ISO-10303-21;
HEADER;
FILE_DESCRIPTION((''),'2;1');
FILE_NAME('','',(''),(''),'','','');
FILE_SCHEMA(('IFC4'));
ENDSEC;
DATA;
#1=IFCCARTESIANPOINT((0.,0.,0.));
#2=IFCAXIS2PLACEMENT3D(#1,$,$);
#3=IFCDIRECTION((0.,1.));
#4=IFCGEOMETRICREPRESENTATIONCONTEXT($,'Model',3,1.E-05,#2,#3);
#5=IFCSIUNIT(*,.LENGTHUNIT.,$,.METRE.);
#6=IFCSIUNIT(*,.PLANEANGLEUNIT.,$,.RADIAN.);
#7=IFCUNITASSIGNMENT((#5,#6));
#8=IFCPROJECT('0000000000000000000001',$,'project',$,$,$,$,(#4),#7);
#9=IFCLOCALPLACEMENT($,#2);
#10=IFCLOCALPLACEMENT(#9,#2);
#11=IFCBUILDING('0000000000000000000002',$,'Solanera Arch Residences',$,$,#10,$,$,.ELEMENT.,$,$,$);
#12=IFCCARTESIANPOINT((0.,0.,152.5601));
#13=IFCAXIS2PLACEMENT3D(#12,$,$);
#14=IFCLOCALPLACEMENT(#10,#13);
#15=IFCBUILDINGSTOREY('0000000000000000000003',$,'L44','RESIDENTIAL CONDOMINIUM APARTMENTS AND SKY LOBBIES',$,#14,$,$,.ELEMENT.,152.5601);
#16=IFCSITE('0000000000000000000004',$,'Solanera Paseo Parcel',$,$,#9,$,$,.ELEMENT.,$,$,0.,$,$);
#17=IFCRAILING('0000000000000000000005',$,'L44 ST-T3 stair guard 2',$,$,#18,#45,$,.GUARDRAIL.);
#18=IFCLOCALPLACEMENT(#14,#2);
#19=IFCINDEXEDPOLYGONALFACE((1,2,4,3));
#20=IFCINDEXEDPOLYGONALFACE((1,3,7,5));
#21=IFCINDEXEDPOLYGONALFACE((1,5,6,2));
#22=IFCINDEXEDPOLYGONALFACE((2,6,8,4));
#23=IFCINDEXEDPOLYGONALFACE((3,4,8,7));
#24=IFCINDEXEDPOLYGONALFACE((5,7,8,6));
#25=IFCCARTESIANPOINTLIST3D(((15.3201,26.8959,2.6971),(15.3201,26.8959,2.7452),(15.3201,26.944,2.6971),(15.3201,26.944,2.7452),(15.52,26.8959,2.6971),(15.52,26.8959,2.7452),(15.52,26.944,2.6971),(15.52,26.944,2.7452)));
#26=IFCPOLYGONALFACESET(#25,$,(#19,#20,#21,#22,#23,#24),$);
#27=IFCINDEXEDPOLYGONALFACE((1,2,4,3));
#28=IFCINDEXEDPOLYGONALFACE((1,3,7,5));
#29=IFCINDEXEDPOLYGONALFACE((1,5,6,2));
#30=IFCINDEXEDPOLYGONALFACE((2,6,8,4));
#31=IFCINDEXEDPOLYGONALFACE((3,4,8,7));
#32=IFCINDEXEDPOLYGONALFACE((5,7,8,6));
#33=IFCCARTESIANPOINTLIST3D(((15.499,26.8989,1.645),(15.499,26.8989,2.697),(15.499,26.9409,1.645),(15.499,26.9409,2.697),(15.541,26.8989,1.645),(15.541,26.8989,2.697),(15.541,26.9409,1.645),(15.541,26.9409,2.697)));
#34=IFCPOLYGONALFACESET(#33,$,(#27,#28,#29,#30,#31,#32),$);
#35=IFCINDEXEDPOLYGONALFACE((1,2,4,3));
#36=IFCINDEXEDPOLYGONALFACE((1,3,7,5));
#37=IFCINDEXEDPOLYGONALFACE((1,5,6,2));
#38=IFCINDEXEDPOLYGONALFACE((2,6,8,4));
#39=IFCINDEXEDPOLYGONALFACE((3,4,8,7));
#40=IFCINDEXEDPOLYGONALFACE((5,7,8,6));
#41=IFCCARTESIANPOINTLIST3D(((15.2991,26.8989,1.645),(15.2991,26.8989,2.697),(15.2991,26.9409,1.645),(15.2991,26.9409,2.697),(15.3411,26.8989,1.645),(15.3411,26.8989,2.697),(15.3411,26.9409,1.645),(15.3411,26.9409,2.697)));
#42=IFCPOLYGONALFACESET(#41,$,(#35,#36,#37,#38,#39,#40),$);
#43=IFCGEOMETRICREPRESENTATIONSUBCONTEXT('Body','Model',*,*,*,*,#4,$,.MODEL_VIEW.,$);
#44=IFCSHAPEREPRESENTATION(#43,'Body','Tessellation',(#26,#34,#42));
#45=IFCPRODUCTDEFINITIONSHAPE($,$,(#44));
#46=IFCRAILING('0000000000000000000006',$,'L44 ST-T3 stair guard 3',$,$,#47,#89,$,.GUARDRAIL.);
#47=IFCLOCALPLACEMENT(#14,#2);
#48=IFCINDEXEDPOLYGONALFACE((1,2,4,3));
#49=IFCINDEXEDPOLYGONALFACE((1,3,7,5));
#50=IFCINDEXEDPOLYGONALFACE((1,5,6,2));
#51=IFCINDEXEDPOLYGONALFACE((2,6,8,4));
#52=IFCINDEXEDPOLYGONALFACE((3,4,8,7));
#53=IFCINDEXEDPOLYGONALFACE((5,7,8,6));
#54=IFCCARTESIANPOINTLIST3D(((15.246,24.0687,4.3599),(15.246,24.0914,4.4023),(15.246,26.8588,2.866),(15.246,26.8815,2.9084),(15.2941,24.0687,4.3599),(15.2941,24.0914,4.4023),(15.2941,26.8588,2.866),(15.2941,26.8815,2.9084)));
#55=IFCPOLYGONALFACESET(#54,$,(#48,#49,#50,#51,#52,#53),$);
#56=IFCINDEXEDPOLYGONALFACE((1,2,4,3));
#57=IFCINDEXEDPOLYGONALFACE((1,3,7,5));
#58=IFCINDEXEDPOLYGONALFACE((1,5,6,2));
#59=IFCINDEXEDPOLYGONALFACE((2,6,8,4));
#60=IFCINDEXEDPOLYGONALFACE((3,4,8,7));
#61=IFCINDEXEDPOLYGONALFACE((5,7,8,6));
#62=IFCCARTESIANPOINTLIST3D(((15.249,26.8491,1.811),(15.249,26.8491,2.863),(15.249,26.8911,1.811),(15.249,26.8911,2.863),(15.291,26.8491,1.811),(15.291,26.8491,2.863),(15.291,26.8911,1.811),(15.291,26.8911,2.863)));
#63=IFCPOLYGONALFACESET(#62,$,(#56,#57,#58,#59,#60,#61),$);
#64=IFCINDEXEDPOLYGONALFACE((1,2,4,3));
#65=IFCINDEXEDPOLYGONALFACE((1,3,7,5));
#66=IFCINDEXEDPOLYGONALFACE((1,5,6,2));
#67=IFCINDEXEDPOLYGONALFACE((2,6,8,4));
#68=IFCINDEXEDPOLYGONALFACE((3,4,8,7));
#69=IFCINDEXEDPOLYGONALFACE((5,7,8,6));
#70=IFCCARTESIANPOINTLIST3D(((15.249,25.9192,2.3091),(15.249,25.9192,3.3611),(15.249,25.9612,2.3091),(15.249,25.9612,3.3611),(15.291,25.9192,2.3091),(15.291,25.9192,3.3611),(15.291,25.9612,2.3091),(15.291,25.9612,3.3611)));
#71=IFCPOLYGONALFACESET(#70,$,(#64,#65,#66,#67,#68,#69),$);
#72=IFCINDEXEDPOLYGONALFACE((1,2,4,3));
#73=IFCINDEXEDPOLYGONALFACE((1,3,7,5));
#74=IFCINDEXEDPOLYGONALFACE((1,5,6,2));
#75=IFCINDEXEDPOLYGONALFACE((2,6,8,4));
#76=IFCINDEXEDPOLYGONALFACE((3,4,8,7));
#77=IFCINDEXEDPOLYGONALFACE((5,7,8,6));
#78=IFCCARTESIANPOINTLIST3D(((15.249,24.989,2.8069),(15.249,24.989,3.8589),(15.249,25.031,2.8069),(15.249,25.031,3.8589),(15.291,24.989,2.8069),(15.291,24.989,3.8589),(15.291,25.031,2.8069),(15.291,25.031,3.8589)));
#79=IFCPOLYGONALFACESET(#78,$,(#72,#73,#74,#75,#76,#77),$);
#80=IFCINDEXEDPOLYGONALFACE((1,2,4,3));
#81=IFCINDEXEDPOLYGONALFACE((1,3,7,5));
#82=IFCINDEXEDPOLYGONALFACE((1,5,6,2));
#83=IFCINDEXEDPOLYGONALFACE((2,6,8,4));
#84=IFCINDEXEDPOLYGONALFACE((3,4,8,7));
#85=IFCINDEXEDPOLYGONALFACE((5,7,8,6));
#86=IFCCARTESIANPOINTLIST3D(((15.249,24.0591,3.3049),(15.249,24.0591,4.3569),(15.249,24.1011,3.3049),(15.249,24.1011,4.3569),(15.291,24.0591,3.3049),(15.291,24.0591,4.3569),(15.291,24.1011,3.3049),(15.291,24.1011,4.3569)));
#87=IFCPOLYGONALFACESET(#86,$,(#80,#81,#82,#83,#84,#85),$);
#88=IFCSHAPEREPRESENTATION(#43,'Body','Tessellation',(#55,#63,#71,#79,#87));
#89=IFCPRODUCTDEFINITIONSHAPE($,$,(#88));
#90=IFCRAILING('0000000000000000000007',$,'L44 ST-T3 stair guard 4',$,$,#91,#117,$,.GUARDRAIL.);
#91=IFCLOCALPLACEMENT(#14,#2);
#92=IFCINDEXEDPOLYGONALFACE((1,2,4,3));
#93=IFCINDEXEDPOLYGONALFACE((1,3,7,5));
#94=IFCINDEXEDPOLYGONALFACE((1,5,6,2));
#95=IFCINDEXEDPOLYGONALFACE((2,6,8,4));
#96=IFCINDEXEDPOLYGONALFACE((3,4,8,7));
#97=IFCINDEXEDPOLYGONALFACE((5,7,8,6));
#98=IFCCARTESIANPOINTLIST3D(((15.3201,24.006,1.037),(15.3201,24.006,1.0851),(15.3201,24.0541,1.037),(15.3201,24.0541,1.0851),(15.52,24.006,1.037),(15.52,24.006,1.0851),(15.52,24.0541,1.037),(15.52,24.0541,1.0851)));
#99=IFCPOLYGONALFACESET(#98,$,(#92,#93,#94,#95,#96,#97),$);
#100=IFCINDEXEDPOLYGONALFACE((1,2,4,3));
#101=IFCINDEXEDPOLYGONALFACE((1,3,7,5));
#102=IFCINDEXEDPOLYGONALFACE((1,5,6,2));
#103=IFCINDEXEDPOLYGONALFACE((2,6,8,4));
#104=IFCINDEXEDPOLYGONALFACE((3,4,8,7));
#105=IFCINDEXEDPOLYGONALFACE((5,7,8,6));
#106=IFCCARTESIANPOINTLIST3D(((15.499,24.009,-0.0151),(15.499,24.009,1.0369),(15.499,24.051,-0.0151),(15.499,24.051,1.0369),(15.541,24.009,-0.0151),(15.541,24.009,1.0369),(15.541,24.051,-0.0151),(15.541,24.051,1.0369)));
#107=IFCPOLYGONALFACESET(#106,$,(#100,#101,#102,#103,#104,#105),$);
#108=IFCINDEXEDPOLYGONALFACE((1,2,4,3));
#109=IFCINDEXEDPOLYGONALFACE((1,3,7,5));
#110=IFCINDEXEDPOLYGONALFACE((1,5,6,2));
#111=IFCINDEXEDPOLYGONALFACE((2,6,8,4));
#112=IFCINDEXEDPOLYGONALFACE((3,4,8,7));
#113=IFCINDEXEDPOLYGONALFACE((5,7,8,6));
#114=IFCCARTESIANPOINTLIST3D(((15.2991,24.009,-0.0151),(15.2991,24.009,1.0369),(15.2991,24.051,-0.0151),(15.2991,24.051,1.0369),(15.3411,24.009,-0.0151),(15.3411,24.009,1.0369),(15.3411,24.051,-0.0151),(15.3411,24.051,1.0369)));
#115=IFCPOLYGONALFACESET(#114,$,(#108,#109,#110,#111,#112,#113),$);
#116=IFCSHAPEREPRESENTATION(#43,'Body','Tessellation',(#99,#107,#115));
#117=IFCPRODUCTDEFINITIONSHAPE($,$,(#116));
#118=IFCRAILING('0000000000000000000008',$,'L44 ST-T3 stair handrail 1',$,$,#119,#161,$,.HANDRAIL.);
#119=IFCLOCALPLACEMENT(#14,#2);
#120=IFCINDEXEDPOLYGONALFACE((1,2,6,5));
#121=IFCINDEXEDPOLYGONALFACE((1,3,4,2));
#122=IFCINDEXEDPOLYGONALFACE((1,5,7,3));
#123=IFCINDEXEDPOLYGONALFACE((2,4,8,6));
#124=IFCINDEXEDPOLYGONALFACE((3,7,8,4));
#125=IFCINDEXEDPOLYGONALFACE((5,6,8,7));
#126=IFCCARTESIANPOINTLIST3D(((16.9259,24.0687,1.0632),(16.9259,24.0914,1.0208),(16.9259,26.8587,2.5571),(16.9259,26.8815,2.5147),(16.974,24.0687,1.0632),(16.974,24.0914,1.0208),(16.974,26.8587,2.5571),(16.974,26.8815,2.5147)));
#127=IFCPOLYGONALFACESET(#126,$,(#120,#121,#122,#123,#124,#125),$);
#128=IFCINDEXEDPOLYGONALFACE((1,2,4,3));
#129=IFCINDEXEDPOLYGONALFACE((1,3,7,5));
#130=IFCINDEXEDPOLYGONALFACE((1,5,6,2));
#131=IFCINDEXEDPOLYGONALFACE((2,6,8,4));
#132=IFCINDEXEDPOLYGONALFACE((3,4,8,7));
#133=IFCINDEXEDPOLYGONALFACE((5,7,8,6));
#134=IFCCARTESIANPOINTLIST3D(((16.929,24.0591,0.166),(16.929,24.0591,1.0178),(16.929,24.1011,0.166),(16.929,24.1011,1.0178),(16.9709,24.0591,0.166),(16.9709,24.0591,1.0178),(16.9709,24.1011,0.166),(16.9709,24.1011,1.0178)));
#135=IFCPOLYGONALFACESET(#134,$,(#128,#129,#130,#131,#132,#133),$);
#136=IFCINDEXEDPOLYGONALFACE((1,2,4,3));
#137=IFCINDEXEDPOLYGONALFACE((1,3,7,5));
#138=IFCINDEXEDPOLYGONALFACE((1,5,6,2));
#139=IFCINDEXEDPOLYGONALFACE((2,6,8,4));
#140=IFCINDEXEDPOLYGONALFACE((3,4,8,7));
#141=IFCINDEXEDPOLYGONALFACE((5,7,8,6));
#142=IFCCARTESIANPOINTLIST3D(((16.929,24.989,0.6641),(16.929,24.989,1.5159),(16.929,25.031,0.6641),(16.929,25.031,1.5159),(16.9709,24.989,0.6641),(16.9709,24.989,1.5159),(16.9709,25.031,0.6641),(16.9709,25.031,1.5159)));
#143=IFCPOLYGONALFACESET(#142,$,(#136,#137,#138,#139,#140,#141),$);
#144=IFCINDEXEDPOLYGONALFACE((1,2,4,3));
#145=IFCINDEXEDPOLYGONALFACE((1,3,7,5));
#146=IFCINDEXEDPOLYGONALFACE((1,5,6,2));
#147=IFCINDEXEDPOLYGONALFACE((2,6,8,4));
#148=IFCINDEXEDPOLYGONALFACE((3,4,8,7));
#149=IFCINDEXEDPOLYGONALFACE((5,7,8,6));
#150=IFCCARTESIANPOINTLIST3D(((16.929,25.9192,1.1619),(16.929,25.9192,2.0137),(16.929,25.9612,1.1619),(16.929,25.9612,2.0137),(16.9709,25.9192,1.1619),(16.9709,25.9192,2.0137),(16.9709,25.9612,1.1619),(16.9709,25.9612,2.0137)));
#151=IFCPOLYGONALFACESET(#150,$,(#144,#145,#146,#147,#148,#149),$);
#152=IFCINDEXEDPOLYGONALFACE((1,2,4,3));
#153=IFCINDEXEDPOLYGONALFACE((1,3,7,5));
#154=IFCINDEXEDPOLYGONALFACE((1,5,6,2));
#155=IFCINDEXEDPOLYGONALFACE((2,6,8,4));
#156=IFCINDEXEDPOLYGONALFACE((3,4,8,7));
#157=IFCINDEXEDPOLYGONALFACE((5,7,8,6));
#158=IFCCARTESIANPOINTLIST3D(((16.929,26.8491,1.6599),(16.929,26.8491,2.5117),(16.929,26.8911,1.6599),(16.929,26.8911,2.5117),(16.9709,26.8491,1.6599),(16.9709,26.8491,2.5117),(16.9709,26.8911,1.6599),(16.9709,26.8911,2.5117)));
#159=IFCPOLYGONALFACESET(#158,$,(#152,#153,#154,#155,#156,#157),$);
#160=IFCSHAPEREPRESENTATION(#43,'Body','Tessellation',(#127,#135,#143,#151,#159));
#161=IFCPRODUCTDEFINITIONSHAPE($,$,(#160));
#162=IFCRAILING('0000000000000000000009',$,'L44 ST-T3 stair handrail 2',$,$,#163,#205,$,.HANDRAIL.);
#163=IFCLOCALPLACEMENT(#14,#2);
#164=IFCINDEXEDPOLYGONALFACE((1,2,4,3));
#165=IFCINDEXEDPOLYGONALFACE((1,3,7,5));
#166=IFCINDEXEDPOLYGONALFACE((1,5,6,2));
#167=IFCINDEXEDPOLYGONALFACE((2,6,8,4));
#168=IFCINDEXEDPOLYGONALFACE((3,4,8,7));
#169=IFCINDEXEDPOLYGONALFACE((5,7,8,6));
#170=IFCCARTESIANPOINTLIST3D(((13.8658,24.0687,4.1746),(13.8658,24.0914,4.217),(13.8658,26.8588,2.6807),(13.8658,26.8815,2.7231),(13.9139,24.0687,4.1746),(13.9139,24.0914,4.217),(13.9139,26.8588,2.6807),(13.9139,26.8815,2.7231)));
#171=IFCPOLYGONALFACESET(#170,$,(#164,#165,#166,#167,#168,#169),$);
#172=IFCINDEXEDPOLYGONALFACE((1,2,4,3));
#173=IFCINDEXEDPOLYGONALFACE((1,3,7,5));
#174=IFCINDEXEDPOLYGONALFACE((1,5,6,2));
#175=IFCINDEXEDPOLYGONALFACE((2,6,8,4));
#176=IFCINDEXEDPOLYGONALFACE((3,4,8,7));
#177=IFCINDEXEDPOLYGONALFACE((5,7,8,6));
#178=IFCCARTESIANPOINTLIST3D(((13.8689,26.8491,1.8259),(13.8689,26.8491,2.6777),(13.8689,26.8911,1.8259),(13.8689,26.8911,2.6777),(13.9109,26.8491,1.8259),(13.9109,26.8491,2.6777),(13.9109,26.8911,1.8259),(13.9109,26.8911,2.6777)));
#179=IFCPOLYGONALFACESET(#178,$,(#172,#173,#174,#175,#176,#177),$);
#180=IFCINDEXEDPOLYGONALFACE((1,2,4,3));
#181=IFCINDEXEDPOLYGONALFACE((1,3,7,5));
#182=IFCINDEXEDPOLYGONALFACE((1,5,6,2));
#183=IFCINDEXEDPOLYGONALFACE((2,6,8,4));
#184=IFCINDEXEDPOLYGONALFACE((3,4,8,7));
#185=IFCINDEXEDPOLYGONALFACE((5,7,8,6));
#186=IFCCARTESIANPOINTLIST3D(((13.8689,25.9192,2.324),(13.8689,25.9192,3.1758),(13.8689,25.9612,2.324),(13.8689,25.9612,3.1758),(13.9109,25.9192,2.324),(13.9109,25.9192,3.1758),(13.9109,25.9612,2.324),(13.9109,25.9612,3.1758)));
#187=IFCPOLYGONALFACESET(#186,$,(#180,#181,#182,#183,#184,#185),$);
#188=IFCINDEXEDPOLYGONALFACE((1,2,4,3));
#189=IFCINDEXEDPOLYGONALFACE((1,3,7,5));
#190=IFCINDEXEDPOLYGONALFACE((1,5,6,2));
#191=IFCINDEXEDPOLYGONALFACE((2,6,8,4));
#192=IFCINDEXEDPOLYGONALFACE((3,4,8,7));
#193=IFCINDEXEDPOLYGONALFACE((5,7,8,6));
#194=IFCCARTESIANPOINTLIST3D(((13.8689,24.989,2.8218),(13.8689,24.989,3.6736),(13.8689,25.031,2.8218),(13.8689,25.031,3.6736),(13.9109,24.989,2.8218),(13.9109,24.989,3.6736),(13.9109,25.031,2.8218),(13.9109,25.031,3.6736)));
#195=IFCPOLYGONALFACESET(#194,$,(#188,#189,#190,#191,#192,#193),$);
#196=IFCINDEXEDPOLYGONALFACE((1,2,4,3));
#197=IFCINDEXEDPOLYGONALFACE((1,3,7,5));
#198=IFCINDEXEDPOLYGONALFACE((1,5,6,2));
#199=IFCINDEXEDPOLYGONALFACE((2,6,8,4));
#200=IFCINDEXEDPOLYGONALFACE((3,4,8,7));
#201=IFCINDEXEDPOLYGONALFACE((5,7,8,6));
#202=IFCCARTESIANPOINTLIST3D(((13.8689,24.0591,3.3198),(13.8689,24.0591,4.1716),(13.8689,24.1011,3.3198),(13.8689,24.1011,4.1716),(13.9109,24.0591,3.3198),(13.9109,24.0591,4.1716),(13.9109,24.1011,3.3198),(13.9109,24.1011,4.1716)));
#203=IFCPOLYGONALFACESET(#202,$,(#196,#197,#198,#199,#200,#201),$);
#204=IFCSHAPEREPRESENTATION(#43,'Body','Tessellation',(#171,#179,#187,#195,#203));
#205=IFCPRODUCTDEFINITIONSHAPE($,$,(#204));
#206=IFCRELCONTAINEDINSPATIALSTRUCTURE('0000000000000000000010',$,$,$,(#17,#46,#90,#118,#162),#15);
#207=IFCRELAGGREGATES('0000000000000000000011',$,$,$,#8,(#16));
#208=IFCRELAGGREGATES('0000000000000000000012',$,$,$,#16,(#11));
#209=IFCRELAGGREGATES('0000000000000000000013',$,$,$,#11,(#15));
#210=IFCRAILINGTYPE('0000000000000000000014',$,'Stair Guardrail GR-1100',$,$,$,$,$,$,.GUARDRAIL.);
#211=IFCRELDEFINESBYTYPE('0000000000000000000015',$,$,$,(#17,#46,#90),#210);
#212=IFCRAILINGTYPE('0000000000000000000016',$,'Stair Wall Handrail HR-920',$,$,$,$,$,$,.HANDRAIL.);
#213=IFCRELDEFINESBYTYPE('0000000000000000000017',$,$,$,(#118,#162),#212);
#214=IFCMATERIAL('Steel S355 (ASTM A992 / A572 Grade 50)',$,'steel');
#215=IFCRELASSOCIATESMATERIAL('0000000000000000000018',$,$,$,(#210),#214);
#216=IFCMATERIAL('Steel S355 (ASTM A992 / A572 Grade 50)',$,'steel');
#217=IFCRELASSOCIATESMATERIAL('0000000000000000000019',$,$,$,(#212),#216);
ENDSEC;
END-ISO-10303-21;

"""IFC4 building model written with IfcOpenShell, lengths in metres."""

from ifc_helpers import new_model, si_unit, direction, frame, origin, origin_2d, place, context, subcontext, project, spatial, rectangle, extrude, material, type_object, element, save


model = new_model("IFC4")

# Units and contexts
model_context = context("Model", 3, precision=1e-05, world=origin(), true_north=direction((0.0, 1.0)))
body_context = subcontext(model_context, "Body", "Model", "MODEL_VIEW")
ifc_project = project(units=[si_unit("LENGTHUNIT", "METRE"), si_unit("PLANEANGLEUNIT", "RADIAN")], contexts=[model_context])

# Site, building, storey
site_placement = place(None, origin())
site = spatial("IfcSite", under=ifc_project, at=site_placement, Name="Solanera Paseo Parcel", CompositionType="ELEMENT", RefElevation=0.0)
building_placement = place(site_placement, origin())
building = spatial("IfcBuilding", under=site, at=building_placement, Name="Solanera Arch Residences", CompositionType="ELEMENT")
storey_placement = place(building_placement, frame((0.0, 0.0, 152.5601)))
storey = spatial("IfcBuildingStorey", under=building, at=storey_placement, Name="L44", Description="RESIDENTIAL CONDOMINIUM APARTMENTS AND SKY LOBBIES", CompositionType="ELEMENT", Elevation=152.5601)

# Railings
ifc_material_1 = material(Name="Steel S355 (ASTM A992 / A572 Grade 50)", Category="steel")
railing_type_1 = type_object("IfcRailingType", Name="Stair Guardrail GR-1100", PredefinedType="GUARDRAIL", material=ifc_material_1)
railing_1_placement = place(storey_placement, frame((15.52, 26.9199, 1.645)))
element("IfcRailing", 1, at=railing_1_placement, inside=storey, type_object=railing_type_1, Name="L44 ST-T3 stair guard 2", PredefinedType="GUARDRAIL", context=body_context, shape_type="SweptSolid", body=[
    extrude(rectangle(XDim=0.0481, YDim=0.0481, at=origin_2d()), frame((0.0, 0.0, 1.0762), z_axis=(-1.0, 0.0, 0.0), x_axis=(0.0, -1.0, 0.0)), (0.0, 0.0, 1.0), 0.2),
    extrude(rectangle(XDim=0.042, YDim=0.042, at=origin_2d()), origin(), (0.0, 0.0, 1.0), 1.052),
    extrude(rectangle(XDim=0.042, YDim=0.042, at=origin_2d()), frame((-0.2, 0.0, 0.0)), (0.0, 0.0, 1.0), 1.052),
])
railing_2_placement = place(storey_placement, frame((15.27, 26.8701, 1.811)))
element("IfcRailing", 2, at=railing_2_placement, inside=storey, type_object=railing_type_1, Name="L44 ST-T3 stair guard 3", PredefinedType="GUARDRAIL", context=body_context, shape_type="SweptSolid", body=[
    extrude(rectangle(XDim=0.0481, YDim=0.0481, at=origin_2d()), frame((0.0, 0.0, 1.0762), z_axis=(0.0, -0.881581, 0.472033), x_axis=(1.0, 0.0, 0.0)), (0.0, 0.0, 1.0), 3.1648),
    extrude(rectangle(XDim=0.042, YDim=0.042, at=origin_2d()), origin(), (0.0, 0.0, 1.0), 1.052),
    extrude(rectangle(XDim=0.042, YDim=0.042, at=origin_2d()), frame((0.0, -0.9299, 0.498)), (0.0, 0.0, 1.0), 1.052),
    extrude(rectangle(XDim=0.042, YDim=0.042, at=origin_2d()), frame((0.0, -1.8601, 0.9958)), (0.0, 0.0, 1.0), 1.052),
    extrude(rectangle(XDim=0.042, YDim=0.042, at=origin_2d()), frame((0.0, -2.79, 1.4939)), (0.0, 0.0, 1.0), 1.052),
])
railing_3_placement = place(storey_placement, frame((15.52, 24.03, -0.0151)))
element("IfcRailing", 3, at=railing_3_placement, inside=storey, type_object=railing_type_1, Name="L44 ST-T3 stair guard 4", PredefinedType="GUARDRAIL", context=body_context, shape_type="SweptSolid", body=[
    extrude(rectangle(XDim=0.0481, YDim=0.0481, at=origin_2d()), frame((0.0, 0.0, 1.0762), z_axis=(-1.0, 0.0, 0.0), x_axis=(0.0, -1.0, 0.0)), (0.0, 0.0, 1.0), 0.2),
    extrude(rectangle(XDim=0.042, YDim=0.042, at=origin_2d()), origin(), (0.0, 0.0, 1.0), 1.052),
    extrude(rectangle(XDim=0.042, YDim=0.042, at=origin_2d()), frame((-0.2, 0.0, 0.0)), (0.0, 0.0, 1.0), 1.052),
])
ifc_material_2 = material(Name="Steel S355 (ASTM A992 / A572 Grade 50)", Category="steel")
railing_type_2 = type_object("IfcRailingType", Name="Stair Wall Handrail HR-920", PredefinedType="HANDRAIL", material=ifc_material_2)
railing_4_placement = place(storey_placement, frame((16.95, 24.0801, 0.166)))
element("IfcRailing", 4, at=railing_4_placement, inside=storey, type_object=railing_type_2, Name="L44 ST-T3 stair handrail 1", PredefinedType="HANDRAIL", context=body_context, shape_type="SweptSolid", body=[
    extrude(rectangle(XDim=0.0481, YDim=0.0481, at=origin_2d()), frame((0.0, 0.0, 0.876), z_axis=(0.0, 0.881581, 0.472033), x_axis=(-1.0, 0.0, 0.0)), (0.0, 0.0, 1.0), 3.1648),
    extrude(rectangle(XDim=0.042, YDim=0.042, at=origin_2d()), origin(), (0.0, 0.0, 1.0), 0.8518),
    extrude(rectangle(XDim=0.042, YDim=0.042, at=origin_2d()), frame((0.0, 0.9299, 0.498)), (0.0, 0.0, 1.0), 0.8518),
    extrude(rectangle(XDim=0.042, YDim=0.042, at=origin_2d()), frame((0.0, 1.8601, 0.9958)), (0.0, 0.0, 1.0), 0.8518),
    extrude(rectangle(XDim=0.042, YDim=0.042, at=origin_2d()), frame((0.0, 2.79, 1.4939)), (0.0, 0.0, 1.0), 0.8518),
])
railing_5_placement = place(storey_placement, frame((13.8899, 26.8701, 1.8259)))
element("IfcRailing", 5, at=railing_5_placement, inside=storey, type_object=railing_type_2, Name="L44 ST-T3 stair handrail 2", PredefinedType="HANDRAIL", context=body_context, shape_type="SweptSolid", body=[
    extrude(rectangle(XDim=0.0481, YDim=0.0481, at=origin_2d()), frame((0.0, 0.0, 0.876), z_axis=(0.0, -0.881581, 0.472033), x_axis=(1.0, 0.0, 0.0)), (0.0, 0.0, 1.0), 3.1648),
    extrude(rectangle(XDim=0.042, YDim=0.042, at=origin_2d()), origin(), (0.0, 0.0, 1.0), 0.8518),
    extrude(rectangle(XDim=0.042, YDim=0.042, at=origin_2d()), frame((0.0, -0.9299, 0.498)), (0.0, 0.0, 1.0), 0.8518),
    extrude(rectangle(XDim=0.042, YDim=0.042, at=origin_2d()), frame((0.0, -1.8601, 0.9958)), (0.0, 0.0, 1.0), 0.8518),
    extrude(rectangle(XDim=0.042, YDim=0.042, at=origin_2d()), frame((0.0, -2.79, 1.4939)), (0.0, 0.0, 1.0), 0.8518),
])

save(model, "model.ifc")
